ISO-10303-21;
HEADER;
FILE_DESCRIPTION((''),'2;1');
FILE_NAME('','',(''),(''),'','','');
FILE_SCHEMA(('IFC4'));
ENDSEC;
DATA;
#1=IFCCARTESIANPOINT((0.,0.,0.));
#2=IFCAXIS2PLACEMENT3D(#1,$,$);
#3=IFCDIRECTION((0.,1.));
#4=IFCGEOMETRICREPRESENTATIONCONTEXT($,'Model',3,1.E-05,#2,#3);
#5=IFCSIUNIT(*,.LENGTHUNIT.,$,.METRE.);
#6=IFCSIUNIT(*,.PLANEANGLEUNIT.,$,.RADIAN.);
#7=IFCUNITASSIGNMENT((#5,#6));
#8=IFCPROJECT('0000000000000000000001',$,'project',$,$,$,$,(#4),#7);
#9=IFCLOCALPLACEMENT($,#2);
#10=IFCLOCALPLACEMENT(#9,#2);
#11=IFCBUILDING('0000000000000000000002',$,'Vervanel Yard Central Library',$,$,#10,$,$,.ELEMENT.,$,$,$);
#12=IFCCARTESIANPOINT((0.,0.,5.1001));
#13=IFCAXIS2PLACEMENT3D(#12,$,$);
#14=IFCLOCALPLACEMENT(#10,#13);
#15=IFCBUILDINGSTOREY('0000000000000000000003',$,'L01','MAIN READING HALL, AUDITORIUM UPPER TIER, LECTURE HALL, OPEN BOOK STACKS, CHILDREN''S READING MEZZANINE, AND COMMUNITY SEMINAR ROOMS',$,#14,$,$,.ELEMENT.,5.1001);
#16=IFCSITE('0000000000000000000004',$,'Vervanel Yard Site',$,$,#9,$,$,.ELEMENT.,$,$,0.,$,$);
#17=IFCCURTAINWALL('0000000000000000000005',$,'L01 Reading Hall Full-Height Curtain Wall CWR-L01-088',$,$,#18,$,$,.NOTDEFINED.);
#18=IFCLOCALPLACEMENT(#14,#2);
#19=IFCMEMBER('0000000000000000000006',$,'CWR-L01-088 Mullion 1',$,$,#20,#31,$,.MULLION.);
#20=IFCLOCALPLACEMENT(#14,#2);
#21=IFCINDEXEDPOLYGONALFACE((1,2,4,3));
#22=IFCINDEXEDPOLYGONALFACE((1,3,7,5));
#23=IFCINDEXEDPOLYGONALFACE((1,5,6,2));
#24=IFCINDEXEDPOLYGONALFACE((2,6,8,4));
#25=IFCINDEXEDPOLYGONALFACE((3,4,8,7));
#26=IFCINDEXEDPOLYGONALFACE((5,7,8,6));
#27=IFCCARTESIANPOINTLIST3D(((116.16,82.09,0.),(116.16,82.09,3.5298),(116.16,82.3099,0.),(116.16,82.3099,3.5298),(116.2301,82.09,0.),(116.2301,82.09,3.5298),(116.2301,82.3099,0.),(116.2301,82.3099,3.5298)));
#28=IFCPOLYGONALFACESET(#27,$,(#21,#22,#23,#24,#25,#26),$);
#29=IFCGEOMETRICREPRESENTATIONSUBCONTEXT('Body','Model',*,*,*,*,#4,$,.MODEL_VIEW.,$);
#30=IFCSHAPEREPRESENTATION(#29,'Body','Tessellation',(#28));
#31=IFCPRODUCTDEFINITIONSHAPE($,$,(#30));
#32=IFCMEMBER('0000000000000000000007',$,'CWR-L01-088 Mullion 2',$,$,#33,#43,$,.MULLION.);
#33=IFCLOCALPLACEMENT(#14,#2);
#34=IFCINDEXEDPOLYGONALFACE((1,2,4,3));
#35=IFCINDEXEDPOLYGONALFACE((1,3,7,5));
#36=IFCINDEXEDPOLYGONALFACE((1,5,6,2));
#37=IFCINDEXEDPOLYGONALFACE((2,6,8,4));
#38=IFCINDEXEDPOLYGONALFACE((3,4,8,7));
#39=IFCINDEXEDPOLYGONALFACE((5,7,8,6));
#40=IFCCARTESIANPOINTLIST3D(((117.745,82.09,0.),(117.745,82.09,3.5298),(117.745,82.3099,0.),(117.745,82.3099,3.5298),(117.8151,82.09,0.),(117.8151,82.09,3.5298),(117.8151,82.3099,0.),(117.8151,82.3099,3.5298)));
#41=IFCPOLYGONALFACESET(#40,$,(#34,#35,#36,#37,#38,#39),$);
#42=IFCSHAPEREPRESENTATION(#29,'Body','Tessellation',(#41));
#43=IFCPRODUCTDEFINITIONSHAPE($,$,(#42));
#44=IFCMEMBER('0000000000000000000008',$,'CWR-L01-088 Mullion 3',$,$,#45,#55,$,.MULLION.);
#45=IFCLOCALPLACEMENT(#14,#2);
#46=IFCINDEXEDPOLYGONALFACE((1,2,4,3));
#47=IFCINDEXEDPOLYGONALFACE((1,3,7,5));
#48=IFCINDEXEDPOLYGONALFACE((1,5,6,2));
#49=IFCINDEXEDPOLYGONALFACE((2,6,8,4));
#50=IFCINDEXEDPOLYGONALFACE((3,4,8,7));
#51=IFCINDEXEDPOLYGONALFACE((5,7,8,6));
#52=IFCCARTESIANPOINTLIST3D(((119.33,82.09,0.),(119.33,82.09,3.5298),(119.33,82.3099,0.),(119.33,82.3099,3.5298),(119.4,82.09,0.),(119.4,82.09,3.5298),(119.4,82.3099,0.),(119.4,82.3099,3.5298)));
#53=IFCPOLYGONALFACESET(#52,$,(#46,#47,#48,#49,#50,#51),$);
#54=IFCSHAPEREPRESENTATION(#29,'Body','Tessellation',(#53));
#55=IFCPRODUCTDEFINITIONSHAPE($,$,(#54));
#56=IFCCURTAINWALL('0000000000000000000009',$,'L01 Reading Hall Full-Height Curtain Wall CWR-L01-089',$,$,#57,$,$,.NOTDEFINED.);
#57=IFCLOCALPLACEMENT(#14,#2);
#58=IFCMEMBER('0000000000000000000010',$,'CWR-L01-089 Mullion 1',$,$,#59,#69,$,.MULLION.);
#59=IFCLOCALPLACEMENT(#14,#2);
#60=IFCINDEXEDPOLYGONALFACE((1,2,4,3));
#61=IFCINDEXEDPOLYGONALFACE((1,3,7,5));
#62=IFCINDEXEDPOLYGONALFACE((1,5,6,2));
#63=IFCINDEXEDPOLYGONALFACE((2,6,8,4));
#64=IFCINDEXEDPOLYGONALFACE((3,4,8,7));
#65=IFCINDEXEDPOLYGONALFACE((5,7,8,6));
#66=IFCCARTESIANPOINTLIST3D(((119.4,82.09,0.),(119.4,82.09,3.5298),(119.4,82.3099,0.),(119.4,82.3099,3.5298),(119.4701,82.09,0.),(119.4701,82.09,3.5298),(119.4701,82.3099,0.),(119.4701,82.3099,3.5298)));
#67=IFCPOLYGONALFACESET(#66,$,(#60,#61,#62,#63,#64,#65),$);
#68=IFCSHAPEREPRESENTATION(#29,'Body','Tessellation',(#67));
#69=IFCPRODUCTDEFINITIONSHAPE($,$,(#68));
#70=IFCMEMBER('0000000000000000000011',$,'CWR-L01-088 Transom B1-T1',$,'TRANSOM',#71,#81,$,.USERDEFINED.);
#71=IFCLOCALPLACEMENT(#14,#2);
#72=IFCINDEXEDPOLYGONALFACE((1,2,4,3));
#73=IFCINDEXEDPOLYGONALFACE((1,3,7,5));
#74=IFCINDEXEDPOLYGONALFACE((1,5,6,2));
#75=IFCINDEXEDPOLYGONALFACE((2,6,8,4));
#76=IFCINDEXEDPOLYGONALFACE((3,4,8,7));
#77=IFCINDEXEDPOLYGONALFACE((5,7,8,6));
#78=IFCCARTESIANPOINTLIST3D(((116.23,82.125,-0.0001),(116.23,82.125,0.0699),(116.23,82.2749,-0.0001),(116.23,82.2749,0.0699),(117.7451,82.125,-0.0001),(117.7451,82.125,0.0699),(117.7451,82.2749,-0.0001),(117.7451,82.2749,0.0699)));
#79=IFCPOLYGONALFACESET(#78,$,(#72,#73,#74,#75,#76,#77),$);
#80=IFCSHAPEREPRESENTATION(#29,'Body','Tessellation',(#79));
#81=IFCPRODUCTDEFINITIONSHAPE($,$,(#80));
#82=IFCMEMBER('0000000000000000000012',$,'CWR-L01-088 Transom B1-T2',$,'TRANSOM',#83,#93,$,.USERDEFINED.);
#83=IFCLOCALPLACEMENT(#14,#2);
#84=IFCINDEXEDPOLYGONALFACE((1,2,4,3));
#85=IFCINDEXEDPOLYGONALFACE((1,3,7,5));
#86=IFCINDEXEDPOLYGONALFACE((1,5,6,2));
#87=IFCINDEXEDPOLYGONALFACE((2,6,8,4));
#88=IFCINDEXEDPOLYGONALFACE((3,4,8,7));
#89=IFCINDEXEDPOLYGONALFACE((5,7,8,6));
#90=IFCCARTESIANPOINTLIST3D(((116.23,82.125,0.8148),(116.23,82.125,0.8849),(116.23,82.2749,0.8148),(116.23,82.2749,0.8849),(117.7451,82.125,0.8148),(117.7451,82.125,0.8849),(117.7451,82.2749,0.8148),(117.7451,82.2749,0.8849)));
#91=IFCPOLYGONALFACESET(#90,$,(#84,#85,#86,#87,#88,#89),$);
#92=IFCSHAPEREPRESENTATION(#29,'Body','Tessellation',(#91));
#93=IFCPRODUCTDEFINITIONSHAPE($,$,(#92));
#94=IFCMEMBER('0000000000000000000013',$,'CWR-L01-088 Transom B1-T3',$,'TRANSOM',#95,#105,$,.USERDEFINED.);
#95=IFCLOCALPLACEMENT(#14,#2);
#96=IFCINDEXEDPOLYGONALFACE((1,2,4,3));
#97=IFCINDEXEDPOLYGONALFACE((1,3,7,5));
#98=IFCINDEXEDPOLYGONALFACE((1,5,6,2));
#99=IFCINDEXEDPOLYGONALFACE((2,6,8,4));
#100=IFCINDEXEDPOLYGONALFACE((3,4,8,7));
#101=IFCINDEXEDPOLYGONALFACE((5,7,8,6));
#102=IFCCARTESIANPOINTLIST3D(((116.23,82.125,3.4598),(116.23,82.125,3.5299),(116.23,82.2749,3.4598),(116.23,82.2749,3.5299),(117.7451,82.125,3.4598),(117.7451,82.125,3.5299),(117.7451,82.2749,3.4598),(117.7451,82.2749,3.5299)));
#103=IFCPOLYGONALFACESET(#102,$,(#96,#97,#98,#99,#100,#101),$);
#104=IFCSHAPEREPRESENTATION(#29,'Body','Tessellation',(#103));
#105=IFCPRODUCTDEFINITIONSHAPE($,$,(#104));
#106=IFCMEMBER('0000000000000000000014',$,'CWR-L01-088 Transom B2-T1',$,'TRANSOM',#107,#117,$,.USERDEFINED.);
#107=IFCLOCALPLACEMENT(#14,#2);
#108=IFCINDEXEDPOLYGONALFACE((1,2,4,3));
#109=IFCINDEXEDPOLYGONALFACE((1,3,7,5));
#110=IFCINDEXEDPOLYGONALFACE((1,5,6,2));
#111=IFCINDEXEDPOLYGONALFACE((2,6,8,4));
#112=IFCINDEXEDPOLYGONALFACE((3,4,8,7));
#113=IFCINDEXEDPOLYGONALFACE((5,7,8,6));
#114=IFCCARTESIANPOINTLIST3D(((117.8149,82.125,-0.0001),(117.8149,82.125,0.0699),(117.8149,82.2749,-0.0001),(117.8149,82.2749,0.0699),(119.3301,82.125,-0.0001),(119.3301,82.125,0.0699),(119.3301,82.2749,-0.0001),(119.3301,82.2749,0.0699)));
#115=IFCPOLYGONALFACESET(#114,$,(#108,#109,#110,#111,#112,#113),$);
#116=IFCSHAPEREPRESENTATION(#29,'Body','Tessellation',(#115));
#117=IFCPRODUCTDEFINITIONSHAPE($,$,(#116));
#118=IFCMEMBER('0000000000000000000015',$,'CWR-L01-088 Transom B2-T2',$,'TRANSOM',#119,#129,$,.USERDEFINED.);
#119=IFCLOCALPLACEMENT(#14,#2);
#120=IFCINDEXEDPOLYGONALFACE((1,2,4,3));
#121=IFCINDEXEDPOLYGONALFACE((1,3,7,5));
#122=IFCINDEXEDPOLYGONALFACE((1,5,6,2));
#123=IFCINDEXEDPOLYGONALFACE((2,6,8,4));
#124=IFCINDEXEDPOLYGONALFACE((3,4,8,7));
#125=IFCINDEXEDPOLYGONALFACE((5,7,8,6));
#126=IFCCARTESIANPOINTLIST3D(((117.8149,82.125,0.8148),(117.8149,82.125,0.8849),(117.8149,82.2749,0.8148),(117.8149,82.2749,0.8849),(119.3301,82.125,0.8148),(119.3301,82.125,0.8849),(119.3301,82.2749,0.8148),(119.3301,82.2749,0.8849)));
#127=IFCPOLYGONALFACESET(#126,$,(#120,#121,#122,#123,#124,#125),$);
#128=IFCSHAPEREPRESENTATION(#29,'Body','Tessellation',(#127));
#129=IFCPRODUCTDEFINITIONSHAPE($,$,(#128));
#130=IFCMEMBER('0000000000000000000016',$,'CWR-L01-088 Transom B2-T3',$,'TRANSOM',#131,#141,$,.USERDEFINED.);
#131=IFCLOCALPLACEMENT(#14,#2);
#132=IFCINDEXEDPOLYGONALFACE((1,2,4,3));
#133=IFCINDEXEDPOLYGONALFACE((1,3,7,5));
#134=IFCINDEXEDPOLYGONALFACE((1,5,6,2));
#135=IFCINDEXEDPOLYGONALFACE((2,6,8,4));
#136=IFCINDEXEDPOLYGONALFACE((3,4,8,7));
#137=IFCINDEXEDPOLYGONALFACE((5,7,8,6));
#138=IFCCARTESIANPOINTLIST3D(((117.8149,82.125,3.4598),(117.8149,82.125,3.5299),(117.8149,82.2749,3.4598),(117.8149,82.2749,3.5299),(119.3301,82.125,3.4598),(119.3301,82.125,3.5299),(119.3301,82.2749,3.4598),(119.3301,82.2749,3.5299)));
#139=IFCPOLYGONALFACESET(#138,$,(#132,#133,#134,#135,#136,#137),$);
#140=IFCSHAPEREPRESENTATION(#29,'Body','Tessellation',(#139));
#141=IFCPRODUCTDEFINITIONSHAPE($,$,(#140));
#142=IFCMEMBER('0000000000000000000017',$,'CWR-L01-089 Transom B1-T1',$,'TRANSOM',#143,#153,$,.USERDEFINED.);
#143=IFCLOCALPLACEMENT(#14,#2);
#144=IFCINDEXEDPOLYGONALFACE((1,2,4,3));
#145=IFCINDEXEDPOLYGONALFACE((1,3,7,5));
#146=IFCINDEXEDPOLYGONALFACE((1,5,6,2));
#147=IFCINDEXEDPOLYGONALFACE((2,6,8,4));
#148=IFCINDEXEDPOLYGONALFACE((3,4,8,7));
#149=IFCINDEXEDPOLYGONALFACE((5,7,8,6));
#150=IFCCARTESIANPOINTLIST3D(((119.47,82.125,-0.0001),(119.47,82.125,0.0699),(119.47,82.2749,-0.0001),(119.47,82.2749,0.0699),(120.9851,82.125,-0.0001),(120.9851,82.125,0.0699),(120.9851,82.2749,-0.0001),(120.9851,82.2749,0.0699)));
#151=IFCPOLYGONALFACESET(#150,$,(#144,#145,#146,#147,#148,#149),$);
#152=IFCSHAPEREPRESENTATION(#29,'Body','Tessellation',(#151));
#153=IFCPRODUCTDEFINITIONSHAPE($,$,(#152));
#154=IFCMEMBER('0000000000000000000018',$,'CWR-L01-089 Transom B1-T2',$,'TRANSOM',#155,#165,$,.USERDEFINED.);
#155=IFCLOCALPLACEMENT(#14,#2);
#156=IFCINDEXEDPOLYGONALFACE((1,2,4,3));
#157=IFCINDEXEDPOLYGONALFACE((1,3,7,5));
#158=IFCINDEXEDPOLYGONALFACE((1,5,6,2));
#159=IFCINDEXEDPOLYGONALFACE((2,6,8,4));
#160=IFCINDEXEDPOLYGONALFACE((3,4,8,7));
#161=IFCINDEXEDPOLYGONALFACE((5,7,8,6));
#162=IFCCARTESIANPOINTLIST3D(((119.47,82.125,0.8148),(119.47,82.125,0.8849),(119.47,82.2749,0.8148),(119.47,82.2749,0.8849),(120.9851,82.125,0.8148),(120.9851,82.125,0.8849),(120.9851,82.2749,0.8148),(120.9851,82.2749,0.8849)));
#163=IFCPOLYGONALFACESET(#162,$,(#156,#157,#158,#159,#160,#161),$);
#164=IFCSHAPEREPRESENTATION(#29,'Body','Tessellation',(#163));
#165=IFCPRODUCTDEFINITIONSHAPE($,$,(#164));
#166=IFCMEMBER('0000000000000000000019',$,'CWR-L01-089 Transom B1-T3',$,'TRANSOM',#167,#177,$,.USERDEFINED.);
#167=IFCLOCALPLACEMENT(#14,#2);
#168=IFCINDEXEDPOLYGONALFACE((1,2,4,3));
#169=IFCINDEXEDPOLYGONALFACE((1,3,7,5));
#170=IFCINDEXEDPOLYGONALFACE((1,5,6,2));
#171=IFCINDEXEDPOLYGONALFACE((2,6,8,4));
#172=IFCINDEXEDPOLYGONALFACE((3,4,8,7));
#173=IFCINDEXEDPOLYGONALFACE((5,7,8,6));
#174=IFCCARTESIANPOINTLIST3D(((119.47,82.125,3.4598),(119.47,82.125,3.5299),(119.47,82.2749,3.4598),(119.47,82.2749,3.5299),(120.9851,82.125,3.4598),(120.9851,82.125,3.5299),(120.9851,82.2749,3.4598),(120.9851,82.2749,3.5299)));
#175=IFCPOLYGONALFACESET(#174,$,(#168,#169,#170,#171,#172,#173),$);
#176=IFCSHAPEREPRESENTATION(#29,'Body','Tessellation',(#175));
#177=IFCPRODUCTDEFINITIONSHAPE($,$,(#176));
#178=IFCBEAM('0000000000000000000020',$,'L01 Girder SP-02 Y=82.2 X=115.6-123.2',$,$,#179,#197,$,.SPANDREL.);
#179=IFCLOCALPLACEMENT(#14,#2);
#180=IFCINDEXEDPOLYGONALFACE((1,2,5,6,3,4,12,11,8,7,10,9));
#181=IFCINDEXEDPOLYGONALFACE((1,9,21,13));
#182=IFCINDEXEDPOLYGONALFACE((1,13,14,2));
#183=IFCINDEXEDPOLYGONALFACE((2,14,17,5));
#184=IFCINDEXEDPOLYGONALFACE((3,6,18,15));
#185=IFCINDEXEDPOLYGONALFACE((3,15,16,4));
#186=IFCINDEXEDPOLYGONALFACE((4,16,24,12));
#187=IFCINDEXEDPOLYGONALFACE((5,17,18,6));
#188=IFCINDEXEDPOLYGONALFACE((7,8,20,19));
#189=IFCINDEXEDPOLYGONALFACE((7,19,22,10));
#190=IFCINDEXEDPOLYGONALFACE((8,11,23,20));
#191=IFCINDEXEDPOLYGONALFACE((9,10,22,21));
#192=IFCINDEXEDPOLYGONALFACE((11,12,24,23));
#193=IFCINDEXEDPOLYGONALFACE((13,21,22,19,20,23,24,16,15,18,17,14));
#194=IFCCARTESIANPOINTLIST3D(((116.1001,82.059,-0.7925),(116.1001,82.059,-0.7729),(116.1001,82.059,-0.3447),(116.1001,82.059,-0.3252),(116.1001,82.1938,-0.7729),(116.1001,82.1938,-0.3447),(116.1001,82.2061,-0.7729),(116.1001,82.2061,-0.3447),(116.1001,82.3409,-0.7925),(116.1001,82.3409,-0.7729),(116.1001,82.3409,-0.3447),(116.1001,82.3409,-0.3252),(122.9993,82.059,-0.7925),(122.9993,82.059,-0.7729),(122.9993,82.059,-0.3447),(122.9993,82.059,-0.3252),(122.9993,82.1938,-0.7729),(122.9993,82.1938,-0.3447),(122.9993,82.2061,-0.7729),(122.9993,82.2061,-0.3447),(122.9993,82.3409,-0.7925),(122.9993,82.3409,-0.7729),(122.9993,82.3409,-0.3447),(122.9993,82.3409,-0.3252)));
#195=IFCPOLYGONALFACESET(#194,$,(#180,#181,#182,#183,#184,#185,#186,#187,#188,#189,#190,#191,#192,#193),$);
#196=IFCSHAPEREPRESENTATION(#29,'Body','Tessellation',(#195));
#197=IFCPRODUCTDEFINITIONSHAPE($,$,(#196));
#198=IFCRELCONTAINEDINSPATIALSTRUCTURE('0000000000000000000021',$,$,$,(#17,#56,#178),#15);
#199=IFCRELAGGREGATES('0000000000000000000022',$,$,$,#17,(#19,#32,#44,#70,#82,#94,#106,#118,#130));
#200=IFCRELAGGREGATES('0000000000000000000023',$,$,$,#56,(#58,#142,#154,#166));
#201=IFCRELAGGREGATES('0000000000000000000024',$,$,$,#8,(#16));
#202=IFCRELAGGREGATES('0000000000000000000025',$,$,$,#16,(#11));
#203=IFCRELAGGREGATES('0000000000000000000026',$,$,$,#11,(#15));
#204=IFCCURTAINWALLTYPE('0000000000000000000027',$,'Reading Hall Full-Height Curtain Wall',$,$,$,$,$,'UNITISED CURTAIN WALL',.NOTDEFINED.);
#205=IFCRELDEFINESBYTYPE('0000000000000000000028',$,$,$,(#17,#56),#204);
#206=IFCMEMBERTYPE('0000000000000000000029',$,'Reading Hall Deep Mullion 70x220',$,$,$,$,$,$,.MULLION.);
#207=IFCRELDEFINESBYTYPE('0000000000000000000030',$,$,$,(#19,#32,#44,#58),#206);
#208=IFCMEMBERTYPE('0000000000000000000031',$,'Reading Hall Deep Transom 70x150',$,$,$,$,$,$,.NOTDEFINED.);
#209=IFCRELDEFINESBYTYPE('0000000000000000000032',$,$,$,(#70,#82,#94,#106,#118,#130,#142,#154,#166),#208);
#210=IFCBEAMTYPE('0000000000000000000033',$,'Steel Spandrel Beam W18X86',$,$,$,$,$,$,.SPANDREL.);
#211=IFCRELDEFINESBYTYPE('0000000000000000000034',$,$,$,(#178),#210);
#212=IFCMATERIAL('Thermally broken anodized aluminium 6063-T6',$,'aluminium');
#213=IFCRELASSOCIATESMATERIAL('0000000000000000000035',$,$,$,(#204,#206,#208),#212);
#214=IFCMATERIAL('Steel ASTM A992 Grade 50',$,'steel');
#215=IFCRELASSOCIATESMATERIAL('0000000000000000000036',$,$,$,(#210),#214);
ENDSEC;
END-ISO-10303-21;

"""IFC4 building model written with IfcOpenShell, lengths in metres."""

from ifc_helpers import new_model, si_unit, direction, frame, origin, origin_2d, place, context, subcontext, project, spatial, rectangle, i_section, extrude, material, material_profile, profile_set, type_object, element, aggregate, save


model = new_model("IFC4")

# Units and contexts
model_context = context("Model", 3, precision=1e-05, world=origin(), true_north=direction((0.0, 1.0)))
body_context = subcontext(model_context, "Body", "Model", "MODEL_VIEW")
ifc_project = project(units=[si_unit("LENGTHUNIT", "METRE"), si_unit("PLANEANGLEUNIT", "RADIAN")], contexts=[model_context])

# Site, building, storey
site_placement = place(None, origin())
site = spatial("IfcSite", under=ifc_project, at=site_placement, Name="Vervanel Yard Site", CompositionType="ELEMENT", RefElevation=0.0)
building_placement = place(site_placement, origin())
building = spatial("IfcBuilding", under=site, at=building_placement, Name="Vervanel Yard Central Library", CompositionType="ELEMENT")
storey_placement = place(building_placement, frame((0.0, 0.0, 5.1001)))
storey = spatial("IfcBuildingStorey", under=building, at=storey_placement, Name="L01", Description="MAIN READING HALL, AUDITORIUM UPPER TIER, LECTURE HALL, OPEN BOOK STACKS, CHILDREN'S READING MEZZANINE, AND COMMUNITY SEMINAR ROOMS", CompositionType="ELEMENT", Elevation=5.1001)

# Curtain wall, members
ifc_material_1 = material(Name="Thermally broken anodized aluminium 6063-T6", Category="aluminium")
curtain_wall_type = type_object("IfcCurtainWallType", Name="Reading Hall Full-Height Curtain Wall", ElementType="UNITISED CURTAIN WALL", PredefinedType="NOTDEFINED", material=ifc_material_1)
curtain_wall_1_placement = place(storey_placement, origin())
curtain_wall_1 = element("IfcCurtainWall", 1, at=curtain_wall_1_placement, inside=storey, type_object=curtain_wall_type, Name="L01 Reading Hall Full-Height Curtain Wall CWR-L01-088", PredefinedType="NOTDEFINED")
ifc_material_profile_1 = material_profile(ifc_material_1, rectangle(XDim=0.0701, YDim=0.22, at=origin_2d()), Name="ALU 70x220", Category="aluminium")
ifc_profile_set_1 = profile_set([ifc_material_profile_1], Name="Thermally broken anodized aluminium 6063-T6")
member_type_1 = type_object("IfcMemberType", Name="Reading Hall Deep Mullion 70x220", PredefinedType="MULLION", material=ifc_profile_set_1)
member_1_placement = place(storey_placement, frame((116.1951, 82.2, 0.0), z_axis=(0.0, 0.0, 1.0), x_axis=(1.0, 0.0, 0.0)))
member_1 = element("IfcMember", 2, at=member_1_placement, type_object=member_type_1, Name="CWR-L01-088 Mullion 1", PredefinedType="MULLION", context=body_context, shape_type="SweptSolid", body=[
    extrude(rectangle(XDim=0.0701, YDim=0.22, at=origin_2d()), origin(), (0.0, 0.0, 1.0), 3.5298),
])
member_2_placement = place(storey_placement, frame((117.78, 82.2, 0.0), z_axis=(0.0, 0.0, 1.0), x_axis=(1.0, 0.0, 0.0)))
member_2 = element("IfcMember", 3, at=member_2_placement, type_object=member_type_1, Name="CWR-L01-088 Mullion 2", PredefinedType="MULLION", context=body_context, shape_type="SweptSolid", body=[
    extrude(rectangle(XDim=0.0701, YDim=0.22, at=origin_2d()), origin(), (0.0, 0.0, 1.0), 3.5298),
])
member_3_placement = place(storey_placement, frame((119.365, 82.2, 0.0), z_axis=(0.0, 0.0, 1.0), x_axis=(1.0, 0.0, 0.0)))
member_3 = element("IfcMember", 4, at=member_3_placement, type_object=member_type_1, Name="CWR-L01-088 Mullion 3", PredefinedType="MULLION", context=body_context, shape_type="SweptSolid", body=[
    extrude(rectangle(XDim=0.0701, YDim=0.22, at=origin_2d()), origin(), (0.0, 0.0, 1.0), 3.5298),
])

# Curtain wall, member
curtain_wall_2_placement = place(storey_placement, origin())
curtain_wall_2 = element("IfcCurtainWall", 5, at=curtain_wall_2_placement, inside=storey, type_object=curtain_wall_type, Name="L01 Reading Hall Full-Height Curtain Wall CWR-L01-089", PredefinedType="NOTDEFINED")
member_4_placement = place(storey_placement, frame((119.4351, 82.2, 0.0), z_axis=(0.0, 0.0, 1.0), x_axis=(1.0, 0.0, 0.0)))
member_4 = element("IfcMember", 6, at=member_4_placement, type_object=member_type_1, Name="CWR-L01-089 Mullion 1", PredefinedType="MULLION", context=body_context, shape_type="SweptSolid", body=[
    extrude(rectangle(XDim=0.0701, YDim=0.22, at=origin_2d()), origin(), (0.0, 0.0, 1.0), 3.5298),
])

# Members
ifc_material_profile_2 = material_profile(ifc_material_1, rectangle(XDim=0.0701, YDim=0.1499, at=origin_2d()), Name="ALU 70x150", Category="aluminium")
ifc_profile_set_2 = profile_set([ifc_material_profile_2], Name="Thermally broken anodized aluminium 6063-T6")
member_type_2 = type_object("IfcMemberType", Name="Reading Hall Deep Transom 70x150", PredefinedType="NOTDEFINED", material=ifc_profile_set_2)
member_5_placement = place(storey_placement, frame((116.23, 82.2, 0.0349), z_axis=(1.0, 0.0, 0.0), x_axis=(0.0, 0.0, 1.0)))
member_5 = element("IfcMember", 7, at=member_5_placement, type_object=member_type_2, Name="CWR-L01-088 Transom B1-T1", ObjectType="TRANSOM", PredefinedType="USERDEFINED", context=body_context, shape_type="SweptSolid", body=[
    extrude(rectangle(XDim=0.0701, YDim=0.1499, at=origin_2d()), origin(), (0.0, 0.0, 1.0), 1.5151),
])
member_6_placement = place(storey_placement, frame((116.23, 82.2, 0.8499), z_axis=(1.0, 0.0, 0.0), x_axis=(0.0, 0.0, 1.0)))
member_6 = element("IfcMember", 8, at=member_6_placement, type_object=member_type_2, Name="CWR-L01-088 Transom B1-T2", ObjectType="TRANSOM", PredefinedType="USERDEFINED", context=body_context, shape_type="SweptSolid", body=[
    extrude(rectangle(XDim=0.0701, YDim=0.1499, at=origin_2d()), origin(), (0.0, 0.0, 1.0), 1.5151),
])
member_7_placement = place(storey_placement, frame((116.23, 82.2, 3.4949), z_axis=(1.0, 0.0, 0.0), x_axis=(0.0, 0.0, 1.0)))
member_7 = element("IfcMember", 9, at=member_7_placement, type_object=member_type_2, Name="CWR-L01-088 Transom B1-T3", ObjectType="TRANSOM", PredefinedType="USERDEFINED", context=body_context, shape_type="SweptSolid", body=[
    extrude(rectangle(XDim=0.0701, YDim=0.1499, at=origin_2d()), origin(), (0.0, 0.0, 1.0), 1.5151),
])
member_8_placement = place(storey_placement, frame((117.8149, 82.2, 0.0349), z_axis=(1.0, 0.0, 0.0), x_axis=(0.0, 0.0, 1.0)))
member_8 = element("IfcMember", 10, at=member_8_placement, type_object=member_type_2, Name="CWR-L01-088 Transom B2-T1", ObjectType="TRANSOM", PredefinedType="USERDEFINED", context=body_context, shape_type="SweptSolid", body=[
    extrude(rectangle(XDim=0.0701, YDim=0.1499, at=origin_2d()), origin(), (0.0, 0.0, 1.0), 1.5151),
])
member_9_placement = place(storey_placement, frame((117.8149, 82.2, 0.8499), z_axis=(1.0, 0.0, 0.0), x_axis=(0.0, 0.0, 1.0)))
member_9 = element("IfcMember", 11, at=member_9_placement, type_object=member_type_2, Name="CWR-L01-088 Transom B2-T2", ObjectType="TRANSOM", PredefinedType="USERDEFINED", context=body_context, shape_type="SweptSolid", body=[
    extrude(rectangle(XDim=0.0701, YDim=0.1499, at=origin_2d()), origin(), (0.0, 0.0, 1.0), 1.5151),
])
member_10_placement = place(storey_placement, frame((117.8149, 82.2, 3.4949), z_axis=(1.0, 0.0, 0.0), x_axis=(0.0, 0.0, 1.0)))
member_10 = element("IfcMember", 12, at=member_10_placement, type_object=member_type_2, Name="CWR-L01-088 Transom B2-T3", ObjectType="TRANSOM", PredefinedType="USERDEFINED", context=body_context, shape_type="SweptSolid", body=[
    extrude(rectangle(XDim=0.0701, YDim=0.1499, at=origin_2d()), origin(), (0.0, 0.0, 1.0), 1.5151),
])
member_11_placement = place(storey_placement, frame((119.47, 82.2, 0.0349), z_axis=(1.0, 0.0, 0.0), x_axis=(0.0, 0.0, 1.0)))
member_11 = element("IfcMember", 13, at=member_11_placement, type_object=member_type_2, Name="CWR-L01-089 Transom B1-T1", ObjectType="TRANSOM", PredefinedType="USERDEFINED", context=body_context, shape_type="SweptSolid", body=[
    extrude(rectangle(XDim=0.0701, YDim=0.1499, at=origin_2d()), origin(), (0.0, 0.0, 1.0), 1.5151),
])
member_12_placement = place(storey_placement, frame((119.47, 82.2, 0.8499), z_axis=(1.0, 0.0, 0.0), x_axis=(0.0, 0.0, 1.0)))
member_12 = element("IfcMember", 14, at=member_12_placement, type_object=member_type_2, Name="CWR-L01-089 Transom B1-T2", ObjectType="TRANSOM", PredefinedType="USERDEFINED", context=body_context, shape_type="SweptSolid", body=[
    extrude(rectangle(XDim=0.0701, YDim=0.1499, at=origin_2d()), origin(), (0.0, 0.0, 1.0), 1.5151),
])
member_13_placement = place(storey_placement, frame((119.47, 82.2, 3.4949), z_axis=(1.0, 0.0, 0.0), x_axis=(0.0, 0.0, 1.0)))
member_13 = element("IfcMember", 15, at=member_13_placement, type_object=member_type_2, Name="CWR-L01-089 Transom B1-T3", ObjectType="TRANSOM", PredefinedType="USERDEFINED", context=body_context, shape_type="SweptSolid", body=[
    extrude(rectangle(XDim=0.0701, YDim=0.1499, at=origin_2d()), origin(), (0.0, 0.0, 1.0), 1.5151),
])

# Beam
ifc_material_2 = material(Name="Steel ASTM A992 Grade 50", Category="steel")
ifc_material_profile_3 = material_profile(ifc_material_2, i_section(OverallWidth=0.282, OverallDepth=0.4673, WebThickness=0.0122, FlangeThickness=0.0195, at=origin_2d()), Name="W18X86", Category="steel")
ifc_profile_set_3 = profile_set([ifc_material_profile_3], Name="Steel ASTM A992 Grade 50")
beam_type = type_object("IfcBeamType", Name="Steel Spandrel Beam W18X86", PredefinedType="SPANDREL", material=ifc_profile_set_3)
beam_placement = place(storey_placement, frame((116.1001, 82.2, -0.5588), z_axis=(1.0, 0.0, 0.0), x_axis=(0.0, 1.0, 0.0)))
element("IfcBeam", 16, at=beam_placement, inside=storey, type_object=beam_type, Name="L01 Girder SP-02 Y=82.2 X=115.6-123.2", PredefinedType="SPANDREL", context=body_context, shape_type="SweptSolid", body=[
    extrude(i_section(OverallWidth=0.282, OverallDepth=0.4673, WebThickness=0.0122, FlangeThickness=0.0195, at=origin_2d()), origin(), (0.0, 0.0, 1.0), 6.8992),
])

aggregate(curtain_wall_1, [member_1, member_2, member_3, member_5, member_6, member_7, member_8, member_9, member_10])
aggregate(curtain_wall_2, [member_4, member_11, member_12, member_13])

save(model, "model.ifc")
